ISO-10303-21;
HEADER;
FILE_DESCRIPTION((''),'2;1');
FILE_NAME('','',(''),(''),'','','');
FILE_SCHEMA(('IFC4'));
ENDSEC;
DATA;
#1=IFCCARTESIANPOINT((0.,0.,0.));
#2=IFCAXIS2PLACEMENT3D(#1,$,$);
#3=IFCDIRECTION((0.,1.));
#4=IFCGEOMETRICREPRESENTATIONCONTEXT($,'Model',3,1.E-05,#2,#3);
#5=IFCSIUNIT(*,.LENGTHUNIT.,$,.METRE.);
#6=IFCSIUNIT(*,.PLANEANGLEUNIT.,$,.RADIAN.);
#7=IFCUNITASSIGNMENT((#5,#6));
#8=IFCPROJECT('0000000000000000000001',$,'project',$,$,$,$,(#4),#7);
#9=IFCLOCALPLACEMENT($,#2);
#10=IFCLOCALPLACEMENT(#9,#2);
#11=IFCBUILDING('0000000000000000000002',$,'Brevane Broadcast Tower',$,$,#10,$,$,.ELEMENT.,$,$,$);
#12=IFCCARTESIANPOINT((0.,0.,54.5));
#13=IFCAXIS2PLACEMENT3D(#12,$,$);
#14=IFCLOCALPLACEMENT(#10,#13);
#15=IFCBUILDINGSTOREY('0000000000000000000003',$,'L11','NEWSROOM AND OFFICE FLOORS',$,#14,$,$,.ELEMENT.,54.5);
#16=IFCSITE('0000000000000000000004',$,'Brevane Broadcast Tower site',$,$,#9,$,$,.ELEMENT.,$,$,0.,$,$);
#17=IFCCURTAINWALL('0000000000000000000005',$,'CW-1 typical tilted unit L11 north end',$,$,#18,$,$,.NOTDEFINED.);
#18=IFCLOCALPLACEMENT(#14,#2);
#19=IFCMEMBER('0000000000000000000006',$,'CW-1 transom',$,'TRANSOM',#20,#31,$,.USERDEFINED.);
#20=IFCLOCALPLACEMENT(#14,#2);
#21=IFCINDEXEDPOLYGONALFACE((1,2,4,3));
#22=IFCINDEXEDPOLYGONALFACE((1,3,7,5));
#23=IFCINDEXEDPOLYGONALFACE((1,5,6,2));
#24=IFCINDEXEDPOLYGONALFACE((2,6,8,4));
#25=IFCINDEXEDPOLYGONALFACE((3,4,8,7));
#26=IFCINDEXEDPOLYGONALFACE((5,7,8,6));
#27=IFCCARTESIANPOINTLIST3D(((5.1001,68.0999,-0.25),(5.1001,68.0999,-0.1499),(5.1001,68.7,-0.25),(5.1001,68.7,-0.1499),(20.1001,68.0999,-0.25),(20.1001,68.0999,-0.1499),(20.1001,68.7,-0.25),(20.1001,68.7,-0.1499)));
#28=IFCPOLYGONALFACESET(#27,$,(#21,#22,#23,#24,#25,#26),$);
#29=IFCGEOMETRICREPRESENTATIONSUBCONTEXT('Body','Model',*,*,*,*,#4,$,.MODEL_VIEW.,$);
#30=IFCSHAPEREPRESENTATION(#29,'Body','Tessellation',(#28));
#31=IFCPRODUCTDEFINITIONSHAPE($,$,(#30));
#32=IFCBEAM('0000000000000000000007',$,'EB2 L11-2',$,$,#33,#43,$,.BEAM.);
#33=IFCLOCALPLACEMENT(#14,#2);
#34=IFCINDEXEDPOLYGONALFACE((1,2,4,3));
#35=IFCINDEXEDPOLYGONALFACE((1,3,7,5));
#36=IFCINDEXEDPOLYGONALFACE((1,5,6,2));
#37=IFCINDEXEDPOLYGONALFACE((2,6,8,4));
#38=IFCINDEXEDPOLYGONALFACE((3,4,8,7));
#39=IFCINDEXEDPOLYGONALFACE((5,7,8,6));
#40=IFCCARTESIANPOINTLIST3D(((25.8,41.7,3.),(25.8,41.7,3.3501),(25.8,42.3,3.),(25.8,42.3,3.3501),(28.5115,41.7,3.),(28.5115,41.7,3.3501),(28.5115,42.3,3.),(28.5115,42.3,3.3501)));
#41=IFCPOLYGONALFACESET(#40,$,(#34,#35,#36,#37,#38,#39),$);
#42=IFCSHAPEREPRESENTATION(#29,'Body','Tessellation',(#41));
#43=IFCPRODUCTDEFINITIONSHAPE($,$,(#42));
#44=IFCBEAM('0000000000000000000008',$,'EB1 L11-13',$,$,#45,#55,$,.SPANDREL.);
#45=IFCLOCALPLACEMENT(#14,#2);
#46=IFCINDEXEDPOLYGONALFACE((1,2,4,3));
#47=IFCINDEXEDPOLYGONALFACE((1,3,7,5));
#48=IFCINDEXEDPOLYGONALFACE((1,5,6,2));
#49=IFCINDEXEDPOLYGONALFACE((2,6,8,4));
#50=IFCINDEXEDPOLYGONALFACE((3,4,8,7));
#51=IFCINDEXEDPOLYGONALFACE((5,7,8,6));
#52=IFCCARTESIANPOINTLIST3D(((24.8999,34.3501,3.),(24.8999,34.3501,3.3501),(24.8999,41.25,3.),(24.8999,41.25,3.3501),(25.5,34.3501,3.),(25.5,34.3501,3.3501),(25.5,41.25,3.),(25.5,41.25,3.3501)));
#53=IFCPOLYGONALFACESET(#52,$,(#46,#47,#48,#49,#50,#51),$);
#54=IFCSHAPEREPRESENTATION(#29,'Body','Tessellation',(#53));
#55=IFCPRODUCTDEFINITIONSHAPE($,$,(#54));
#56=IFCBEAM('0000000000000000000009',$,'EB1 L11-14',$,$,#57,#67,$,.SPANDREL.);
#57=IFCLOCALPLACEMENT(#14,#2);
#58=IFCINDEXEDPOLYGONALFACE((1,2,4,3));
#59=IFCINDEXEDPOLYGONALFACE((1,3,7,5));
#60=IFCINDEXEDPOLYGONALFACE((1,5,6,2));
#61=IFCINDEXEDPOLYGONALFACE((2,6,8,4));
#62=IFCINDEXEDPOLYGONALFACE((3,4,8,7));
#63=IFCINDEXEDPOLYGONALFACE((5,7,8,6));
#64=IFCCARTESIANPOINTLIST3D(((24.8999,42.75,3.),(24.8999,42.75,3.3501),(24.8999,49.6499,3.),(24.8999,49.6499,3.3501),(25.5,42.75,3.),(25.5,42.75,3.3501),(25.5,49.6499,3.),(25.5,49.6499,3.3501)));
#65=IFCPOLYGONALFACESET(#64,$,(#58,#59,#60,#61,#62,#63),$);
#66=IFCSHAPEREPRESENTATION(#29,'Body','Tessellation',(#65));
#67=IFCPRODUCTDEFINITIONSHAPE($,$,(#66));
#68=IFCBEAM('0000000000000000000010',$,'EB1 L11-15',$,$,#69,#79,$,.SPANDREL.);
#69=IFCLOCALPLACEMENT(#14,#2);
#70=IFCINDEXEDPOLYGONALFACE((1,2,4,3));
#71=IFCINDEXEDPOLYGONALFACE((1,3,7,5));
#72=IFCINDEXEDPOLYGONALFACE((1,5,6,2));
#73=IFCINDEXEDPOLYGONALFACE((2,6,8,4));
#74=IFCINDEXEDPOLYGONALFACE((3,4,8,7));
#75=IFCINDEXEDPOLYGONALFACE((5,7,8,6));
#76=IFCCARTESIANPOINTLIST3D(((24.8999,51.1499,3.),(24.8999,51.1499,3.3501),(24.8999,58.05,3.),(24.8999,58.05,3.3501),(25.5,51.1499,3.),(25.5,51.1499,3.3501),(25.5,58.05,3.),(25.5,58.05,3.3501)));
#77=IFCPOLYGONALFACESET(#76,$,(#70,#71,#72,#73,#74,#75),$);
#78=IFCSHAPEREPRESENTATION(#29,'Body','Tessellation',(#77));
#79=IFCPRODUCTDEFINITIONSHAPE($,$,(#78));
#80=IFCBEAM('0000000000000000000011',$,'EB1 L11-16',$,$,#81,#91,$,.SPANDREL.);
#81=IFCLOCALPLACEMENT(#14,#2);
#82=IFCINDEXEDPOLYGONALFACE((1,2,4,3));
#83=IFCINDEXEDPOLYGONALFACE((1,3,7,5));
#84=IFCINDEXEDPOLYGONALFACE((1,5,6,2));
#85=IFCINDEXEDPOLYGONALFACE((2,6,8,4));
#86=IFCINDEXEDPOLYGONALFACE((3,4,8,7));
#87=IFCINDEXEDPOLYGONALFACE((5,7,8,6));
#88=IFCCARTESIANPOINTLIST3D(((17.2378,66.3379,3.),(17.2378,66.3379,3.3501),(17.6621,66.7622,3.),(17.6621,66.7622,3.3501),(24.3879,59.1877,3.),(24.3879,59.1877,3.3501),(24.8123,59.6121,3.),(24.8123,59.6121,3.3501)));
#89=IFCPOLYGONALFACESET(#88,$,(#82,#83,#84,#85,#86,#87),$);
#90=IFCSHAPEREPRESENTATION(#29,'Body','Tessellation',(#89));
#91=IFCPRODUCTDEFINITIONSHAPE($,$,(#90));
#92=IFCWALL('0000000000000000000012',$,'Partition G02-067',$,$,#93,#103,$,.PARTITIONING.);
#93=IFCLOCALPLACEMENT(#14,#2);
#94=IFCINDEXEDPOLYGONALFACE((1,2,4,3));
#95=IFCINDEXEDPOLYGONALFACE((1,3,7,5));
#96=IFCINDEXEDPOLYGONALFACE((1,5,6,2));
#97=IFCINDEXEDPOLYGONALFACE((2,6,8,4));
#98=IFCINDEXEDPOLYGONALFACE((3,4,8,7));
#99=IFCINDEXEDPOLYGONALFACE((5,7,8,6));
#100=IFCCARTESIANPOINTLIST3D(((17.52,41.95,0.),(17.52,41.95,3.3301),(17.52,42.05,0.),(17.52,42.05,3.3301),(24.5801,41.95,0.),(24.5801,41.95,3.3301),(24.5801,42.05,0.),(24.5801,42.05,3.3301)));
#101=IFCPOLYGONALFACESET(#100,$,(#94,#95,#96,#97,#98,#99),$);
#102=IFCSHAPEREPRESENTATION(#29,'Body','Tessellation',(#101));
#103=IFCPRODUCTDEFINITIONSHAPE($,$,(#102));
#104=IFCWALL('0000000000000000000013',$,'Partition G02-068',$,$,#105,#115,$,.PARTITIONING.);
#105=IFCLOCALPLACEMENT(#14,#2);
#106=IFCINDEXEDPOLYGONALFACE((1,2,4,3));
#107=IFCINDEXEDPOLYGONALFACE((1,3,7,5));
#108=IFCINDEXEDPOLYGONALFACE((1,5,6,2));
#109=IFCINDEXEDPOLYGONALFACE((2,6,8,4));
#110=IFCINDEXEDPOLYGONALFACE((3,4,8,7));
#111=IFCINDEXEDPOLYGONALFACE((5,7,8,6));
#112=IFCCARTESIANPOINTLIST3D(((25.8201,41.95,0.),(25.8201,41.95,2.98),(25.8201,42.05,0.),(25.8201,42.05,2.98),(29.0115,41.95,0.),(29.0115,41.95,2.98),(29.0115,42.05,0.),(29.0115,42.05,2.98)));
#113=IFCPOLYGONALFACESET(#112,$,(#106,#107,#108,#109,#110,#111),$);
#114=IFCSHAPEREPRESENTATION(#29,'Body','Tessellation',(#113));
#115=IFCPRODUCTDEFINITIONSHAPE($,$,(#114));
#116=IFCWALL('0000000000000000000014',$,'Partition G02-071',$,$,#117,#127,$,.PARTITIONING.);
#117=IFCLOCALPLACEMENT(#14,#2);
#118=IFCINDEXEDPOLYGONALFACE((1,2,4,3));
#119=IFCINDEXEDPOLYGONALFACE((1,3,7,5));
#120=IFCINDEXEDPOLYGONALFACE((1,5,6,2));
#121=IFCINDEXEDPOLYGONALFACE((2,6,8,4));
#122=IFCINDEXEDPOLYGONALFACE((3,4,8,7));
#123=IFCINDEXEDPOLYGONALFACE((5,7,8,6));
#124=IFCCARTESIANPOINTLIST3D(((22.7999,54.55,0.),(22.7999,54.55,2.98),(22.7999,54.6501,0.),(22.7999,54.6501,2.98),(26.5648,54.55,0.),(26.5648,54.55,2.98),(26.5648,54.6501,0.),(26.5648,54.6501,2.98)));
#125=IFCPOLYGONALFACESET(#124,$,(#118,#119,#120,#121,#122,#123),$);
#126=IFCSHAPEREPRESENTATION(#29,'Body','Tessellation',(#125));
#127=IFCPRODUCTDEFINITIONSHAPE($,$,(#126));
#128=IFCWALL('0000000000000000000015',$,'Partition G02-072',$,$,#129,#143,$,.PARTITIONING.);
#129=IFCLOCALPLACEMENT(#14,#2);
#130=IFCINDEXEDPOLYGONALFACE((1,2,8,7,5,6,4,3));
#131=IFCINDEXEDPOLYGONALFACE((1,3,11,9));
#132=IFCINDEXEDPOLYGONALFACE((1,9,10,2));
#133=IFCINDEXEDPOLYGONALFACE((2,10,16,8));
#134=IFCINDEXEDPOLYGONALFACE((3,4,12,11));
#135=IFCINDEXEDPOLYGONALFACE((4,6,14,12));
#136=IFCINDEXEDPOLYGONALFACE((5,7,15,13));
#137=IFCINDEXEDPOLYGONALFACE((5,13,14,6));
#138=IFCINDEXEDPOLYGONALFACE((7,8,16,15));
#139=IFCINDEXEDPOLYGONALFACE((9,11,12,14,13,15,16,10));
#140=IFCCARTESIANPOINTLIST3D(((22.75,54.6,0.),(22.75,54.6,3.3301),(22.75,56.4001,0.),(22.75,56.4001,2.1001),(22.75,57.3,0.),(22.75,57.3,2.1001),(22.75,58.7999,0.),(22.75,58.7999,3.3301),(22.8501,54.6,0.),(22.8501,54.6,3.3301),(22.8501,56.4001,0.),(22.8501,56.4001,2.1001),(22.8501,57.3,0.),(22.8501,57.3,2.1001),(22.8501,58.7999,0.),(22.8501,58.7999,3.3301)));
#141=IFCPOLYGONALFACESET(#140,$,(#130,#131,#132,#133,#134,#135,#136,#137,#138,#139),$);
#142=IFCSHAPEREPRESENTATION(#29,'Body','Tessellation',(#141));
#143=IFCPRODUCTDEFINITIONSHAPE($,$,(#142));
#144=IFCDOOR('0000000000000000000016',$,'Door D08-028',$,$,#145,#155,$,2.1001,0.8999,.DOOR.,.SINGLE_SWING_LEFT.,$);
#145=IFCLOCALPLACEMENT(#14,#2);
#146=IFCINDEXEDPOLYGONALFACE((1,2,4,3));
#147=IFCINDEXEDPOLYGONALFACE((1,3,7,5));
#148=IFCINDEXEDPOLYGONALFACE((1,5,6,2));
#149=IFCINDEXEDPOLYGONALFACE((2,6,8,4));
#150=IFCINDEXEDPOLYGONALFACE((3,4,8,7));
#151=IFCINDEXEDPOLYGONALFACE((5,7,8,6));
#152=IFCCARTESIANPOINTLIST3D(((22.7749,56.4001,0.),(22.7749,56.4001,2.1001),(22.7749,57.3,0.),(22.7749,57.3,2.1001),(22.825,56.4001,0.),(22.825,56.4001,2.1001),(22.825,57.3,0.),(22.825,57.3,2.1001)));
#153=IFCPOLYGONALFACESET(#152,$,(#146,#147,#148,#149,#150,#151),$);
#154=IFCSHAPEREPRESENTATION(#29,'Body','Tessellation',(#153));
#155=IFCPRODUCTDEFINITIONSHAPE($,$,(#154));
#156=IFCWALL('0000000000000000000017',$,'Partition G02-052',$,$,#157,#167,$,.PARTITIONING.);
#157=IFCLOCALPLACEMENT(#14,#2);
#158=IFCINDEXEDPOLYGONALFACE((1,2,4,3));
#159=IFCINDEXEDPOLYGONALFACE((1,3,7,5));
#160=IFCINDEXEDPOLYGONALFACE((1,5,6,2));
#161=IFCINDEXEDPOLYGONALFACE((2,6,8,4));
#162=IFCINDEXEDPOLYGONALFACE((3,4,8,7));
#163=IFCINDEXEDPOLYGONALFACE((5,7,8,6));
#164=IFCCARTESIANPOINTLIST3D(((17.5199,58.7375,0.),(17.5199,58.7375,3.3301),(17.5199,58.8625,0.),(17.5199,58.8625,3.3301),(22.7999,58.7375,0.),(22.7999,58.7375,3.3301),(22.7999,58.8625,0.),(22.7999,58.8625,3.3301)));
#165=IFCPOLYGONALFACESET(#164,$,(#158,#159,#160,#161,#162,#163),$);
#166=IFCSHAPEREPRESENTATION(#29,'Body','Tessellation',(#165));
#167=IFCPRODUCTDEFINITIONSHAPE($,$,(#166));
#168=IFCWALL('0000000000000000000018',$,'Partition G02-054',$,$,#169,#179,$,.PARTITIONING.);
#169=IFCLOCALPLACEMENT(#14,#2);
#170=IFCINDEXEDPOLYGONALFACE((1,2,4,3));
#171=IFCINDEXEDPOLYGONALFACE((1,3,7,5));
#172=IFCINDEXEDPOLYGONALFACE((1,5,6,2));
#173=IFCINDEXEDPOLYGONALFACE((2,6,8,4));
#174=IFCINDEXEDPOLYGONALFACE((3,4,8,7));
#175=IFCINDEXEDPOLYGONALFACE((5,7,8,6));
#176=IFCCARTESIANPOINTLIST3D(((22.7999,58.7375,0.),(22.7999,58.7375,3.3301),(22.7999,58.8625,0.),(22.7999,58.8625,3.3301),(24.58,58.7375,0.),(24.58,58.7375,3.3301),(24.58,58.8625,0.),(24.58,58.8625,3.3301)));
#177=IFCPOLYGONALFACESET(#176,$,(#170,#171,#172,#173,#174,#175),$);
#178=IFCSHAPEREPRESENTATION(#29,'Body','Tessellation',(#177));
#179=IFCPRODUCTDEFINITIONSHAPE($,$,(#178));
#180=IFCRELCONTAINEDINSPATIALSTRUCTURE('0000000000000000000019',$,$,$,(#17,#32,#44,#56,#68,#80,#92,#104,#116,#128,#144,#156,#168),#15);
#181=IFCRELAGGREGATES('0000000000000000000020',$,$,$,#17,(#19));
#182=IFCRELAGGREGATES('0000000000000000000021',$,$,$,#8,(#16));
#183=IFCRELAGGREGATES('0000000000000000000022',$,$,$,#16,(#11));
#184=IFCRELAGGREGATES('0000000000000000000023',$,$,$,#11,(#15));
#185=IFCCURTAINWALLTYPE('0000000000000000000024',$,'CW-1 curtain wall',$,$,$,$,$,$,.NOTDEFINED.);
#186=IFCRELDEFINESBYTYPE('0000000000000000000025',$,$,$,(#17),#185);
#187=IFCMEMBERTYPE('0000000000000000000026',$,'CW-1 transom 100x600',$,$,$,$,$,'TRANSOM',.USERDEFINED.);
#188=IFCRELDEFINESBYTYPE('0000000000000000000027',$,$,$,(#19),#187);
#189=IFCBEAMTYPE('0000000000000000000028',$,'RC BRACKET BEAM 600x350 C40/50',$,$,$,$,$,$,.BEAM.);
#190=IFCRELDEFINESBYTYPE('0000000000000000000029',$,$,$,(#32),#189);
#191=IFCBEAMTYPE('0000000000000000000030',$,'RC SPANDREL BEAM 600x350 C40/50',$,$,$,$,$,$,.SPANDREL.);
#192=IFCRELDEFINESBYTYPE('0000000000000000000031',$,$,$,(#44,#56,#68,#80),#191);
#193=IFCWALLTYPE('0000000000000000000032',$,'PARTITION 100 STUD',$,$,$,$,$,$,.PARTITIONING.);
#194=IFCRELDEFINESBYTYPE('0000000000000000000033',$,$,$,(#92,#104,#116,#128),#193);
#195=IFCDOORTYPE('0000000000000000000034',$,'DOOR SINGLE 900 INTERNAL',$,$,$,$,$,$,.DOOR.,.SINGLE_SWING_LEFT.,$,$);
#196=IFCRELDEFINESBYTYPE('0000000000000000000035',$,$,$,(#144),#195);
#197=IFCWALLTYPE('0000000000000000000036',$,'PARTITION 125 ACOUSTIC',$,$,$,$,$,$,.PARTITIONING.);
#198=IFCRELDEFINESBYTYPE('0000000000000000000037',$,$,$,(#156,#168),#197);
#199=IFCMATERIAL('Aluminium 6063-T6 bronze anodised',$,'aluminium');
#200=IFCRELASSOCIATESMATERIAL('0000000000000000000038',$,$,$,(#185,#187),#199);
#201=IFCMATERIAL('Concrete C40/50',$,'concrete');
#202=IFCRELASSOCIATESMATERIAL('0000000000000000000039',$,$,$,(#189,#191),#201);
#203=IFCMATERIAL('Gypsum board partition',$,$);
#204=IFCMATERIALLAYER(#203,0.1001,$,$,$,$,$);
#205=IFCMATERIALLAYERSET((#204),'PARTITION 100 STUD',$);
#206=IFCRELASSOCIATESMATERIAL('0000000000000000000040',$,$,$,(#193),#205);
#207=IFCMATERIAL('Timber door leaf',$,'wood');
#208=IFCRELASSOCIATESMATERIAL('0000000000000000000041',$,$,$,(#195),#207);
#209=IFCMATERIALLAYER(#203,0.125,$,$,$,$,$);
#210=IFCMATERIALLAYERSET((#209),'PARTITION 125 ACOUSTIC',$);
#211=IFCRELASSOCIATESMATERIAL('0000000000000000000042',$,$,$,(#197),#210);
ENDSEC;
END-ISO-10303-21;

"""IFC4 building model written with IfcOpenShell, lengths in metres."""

from ifc_helpers import new_model, si_unit, direction, frame, frame_2d, origin, origin_2d, place, context, subcontext, project, spatial, rectangle, extrude, material, layer, layer_set, material_profile, profile_set, type_object, element, fill, aggregate, save


model = new_model("IFC4")

# Units and contexts
model_context = context("Model", 3, precision=1e-05, world=origin(), true_north=direction((0.0, 1.0)))
body_context = subcontext(model_context, "Body", "Model", "MODEL_VIEW")
ifc_project = project(units=[si_unit("LENGTHUNIT", "METRE"), si_unit("PLANEANGLEUNIT", "RADIAN")], contexts=[model_context])

# Site, building, storey
site_placement = place(None, origin())
site = spatial("IfcSite", under=ifc_project, at=site_placement, Name="Brevane Broadcast Tower site", CompositionType="ELEMENT", RefElevation=0.0)
building_placement = place(site_placement, origin())
building = spatial("IfcBuilding", under=site, at=building_placement, Name="Brevane Broadcast Tower", CompositionType="ELEMENT")
storey_placement = place(building_placement, frame((0.0, 0.0, 54.5)))
storey = spatial("IfcBuildingStorey", under=building, at=storey_placement, Name="L11", Description="NEWSROOM AND OFFICE FLOORS", CompositionType="ELEMENT", Elevation=54.5)

# Shared definitions
ifc_material_1 = material(Name="Aluminium 6063-T6 bronze anodised", Category="aluminium")
curtain_wall_type = type_object("IfcCurtainWallType", Name="CW-1 curtain wall", PredefinedType="NOTDEFINED", material=ifc_material_1)

# Curtain wall
curtain_wall_1_placement = place(storey_placement, origin())
curtain_wall_1 = element("IfcCurtainWall", 1, at=curtain_wall_1_placement, inside=storey, type_object=curtain_wall_type, Name="CW-1 typical tilted unit L11 north end", PredefinedType="NOTDEFINED")

# Member
ifc_material_profile_1 = material_profile(ifc_material_1, rectangle(XDim=0.6001, YDim=0.1001, at=origin_2d()), Name="RECT 100x600")
ifc_profile_set_1 = profile_set([ifc_material_profile_1], Name="Aluminium 6063-T6 bronze anodised")
member_type_1 = type_object("IfcMemberType", Name="CW-1 transom 100x600", ElementType="TRANSOM", PredefinedType="USERDEFINED", material=ifc_profile_set_1)
member_1_placement = place(storey_placement, frame((20.1001, 68.3999, -0.2), z_axis=(-1.0, 0.0, 0.0), x_axis=(0.0, -1.0, 0.0)))
member_1 = element("IfcMember", 2, at=member_1_placement, type_object=member_type_1, Name="CW-1 transom", ObjectType="TRANSOM", PredefinedType="USERDEFINED", context=body_context, shape_type="SweptSolid", body=[
    extrude(rectangle(XDim=0.6001, YDim=0.1001, at=origin_2d()), origin(), (0.0, 0.0, 1.0), 15.0),
])
aggregate(curtain_wall_1, [member_1])

# Beams
ifc_material_2 = material(Name="Concrete C40/50", Category="concrete")
ifc_material_profile_2 = material_profile(ifc_material_2, rectangle(XDim=0.6001, YDim=0.3501, at=origin_2d()), Name="RC 600x350")
ifc_profile_set_2 = profile_set([ifc_material_profile_2], Name="Concrete C40/50")
beam_type_1 = type_object("IfcBeamType", Name="RC BRACKET BEAM 600x350 C40/50", PredefinedType="BEAM", material=ifc_profile_set_2)
beam_1_placement = place(storey_placement, frame((25.8, 42.0, 3.175), z_axis=(1.0, 0.0, 0.0), x_axis=(0.0, 1.0, 0.0)))
element("IfcBeam", 3, at=beam_1_placement, inside=storey, type_object=beam_type_1, Name="EB2 L11-2", PredefinedType="BEAM", context=body_context, shape_type="SweptSolid", body=[
    extrude(rectangle(XDim=0.6001, YDim=0.3501, at=origin_2d()), origin(), (0.0, 0.0, 1.0), 2.7114),
])
ifc_material_profile_3 = material_profile(ifc_material_2, rectangle(XDim=0.6001, YDim=0.3501, at=origin_2d()), Name="RC 600x350")
ifc_profile_set_3 = profile_set([ifc_material_profile_3], Name="Concrete C40/50")
beam_type_2 = type_object("IfcBeamType", Name="RC SPANDREL BEAM 600x350 C40/50", PredefinedType="SPANDREL", material=ifc_profile_set_3)
for number, where, z_axis, x_axis, name in (
    (4, (25.2, 34.3501, 3.175), (0.0, 1.0, 0.0), (-1.0, 0.0, 0.0), "EB1 L11-13"),
    (5, (25.2, 42.75, 3.175), (0.0, 1.0, 0.0), (-1.0, 0.0, 0.0), "EB1 L11-14"),
):
    element("IfcBeam", number, at=place(storey_placement, frame(where, z_axis=z_axis, x_axis=x_axis)), inside=storey, type_object=beam_type_2, Name=name, PredefinedType="SPANDREL", context=body_context, shape_type="SweptSolid", body=[
        extrude(rectangle(XDim=0.6001, YDim=0.3501, at=origin_2d()), origin(), (0.0, 0.0, 1.0), 6.8999),
    ])
beam_2_placement = place(storey_placement, frame((25.2, 51.1499, 3.175), z_axis=(0.0, 1.0, 0.0), x_axis=(-1.0, 0.0, 0.0)))
element("IfcBeam", 6, at=beam_2_placement, inside=storey, type_object=beam_type_2, Name="EB1 L11-15", PredefinedType="SPANDREL", context=body_context, shape_type="SweptSolid", body=[
    extrude(rectangle(XDim=0.6001, YDim=0.3501, at=origin_2d()), origin(), (0.0, 0.0, 1.0), 6.9001),
])
beam_3_placement = place(storey_placement, frame((24.6001, 59.3999, 3.175), z_axis=(-0.707107, 0.707107, 0.0), x_axis=(-0.707107, -0.707107, 0.0)))
element("IfcBeam", 7, at=beam_3_placement, inside=storey, type_object=beam_type_2, Name="EB1 L11-16", PredefinedType="SPANDREL", context=body_context, shape_type="SweptSolid", body=[
    extrude(rectangle(XDim=0.6001, YDim=0.3501, at=origin_2d()), origin(), (0.0, 0.0, 1.0), 10.1118),
])

# Walls
ifc_material_3 = material(Name="Gypsum board partition")
ifc_layer_1 = layer(ifc_material_3, 0.1001)
ifc_layer_set_1 = layer_set([ifc_layer_1], Name="PARTITION 100 STUD")
wall_type_1 = type_object("IfcWallType", Name="PARTITION 100 STUD", PredefinedType="PARTITIONING", material=ifc_layer_set_1)
wall_1_placement = place(storey_placement, frame((17.52, 42.0, 0.0), z_axis=(0.0, 0.0, 1.0), x_axis=(1.0, 0.0, 0.0)))
element("IfcWall", 8, at=wall_1_placement, inside=storey, type_object=wall_type_1, Name="Partition G02-067", PredefinedType="PARTITIONING", context=body_context, shape_type="SweptSolid", body=[
    extrude(rectangle(XDim=7.0601, YDim=0.1001, at=frame_2d((3.53, 0.0))), origin(), (0.0, 0.0, 1.0), 3.3301),
])
wall_2_placement = place(storey_placement, frame((25.8201, 42.0, 0.0), z_axis=(0.0, 0.0, 1.0), x_axis=(1.0, 0.0, 0.0)))
element("IfcWall", 9, at=wall_2_placement, inside=storey, type_object=wall_type_1, Name="Partition G02-068", PredefinedType="PARTITIONING", context=body_context, shape_type="SweptSolid", body=[
    extrude(rectangle(XDim=3.1914, YDim=0.1001, at=frame_2d((1.5957, 0.0))), origin(), (0.0, 0.0, 1.0), 2.98),
])
wall_3_placement = place(storey_placement, frame((22.8, 54.6001, 0.0), z_axis=(0.0, 0.0, 1.0), x_axis=(1.0, 0.0, 0.0)))
element("IfcWall", 10, at=wall_3_placement, inside=storey, type_object=wall_type_1, Name="Partition G02-071", PredefinedType="PARTITIONING", context=body_context, shape_type="SweptSolid", body=[
    extrude(rectangle(XDim=3.7649, YDim=0.1001, at=frame_2d((1.8823, 0.0))), origin(), (0.0, 0.0, 1.0), 2.98),
])

# Wall, opening, door
wall_4_placement = place(storey_placement, frame((22.8, 58.8, 0.0), z_axis=(0.0, 0.0, 1.0), x_axis=(0.0, -1.0, 0.0)))
wall_4 = element("IfcWall", 11, at=wall_4_placement, inside=storey, type_object=wall_type_1, Name="Partition G02-072", PredefinedType="PARTITIONING", context=body_context, shape_type="SweptSolid", body=[
    extrude(rectangle(XDim=4.2, YDim=0.1001, at=frame_2d((2.1001, 0.0))), origin(), (0.0, 0.0, 1.0), 3.3301),
])
opening_placement = place(wall_4_placement, frame((1.5, 0.0, 0.0)))
opening = element("IfcOpeningElement", 12, at=opening_placement, cuts=wall_4, PredefinedType="OPENING", context=body_context, shape_type="SweptSolid", body=[
    extrude(rectangle(XDim=0.8999, YDim=2.1001, at=frame_2d((0.45, 1.05))), frame((0.0, 0.0601, 0.0), z_axis=(0.0, -1.0, 0.0), x_axis=(1.0, 0.0, 0.0)), (0.0, 0.0, 1.0), 0.1201),
])
ifc_material_4 = material(Name="Timber door leaf", Category="wood")
door_type = type_object("IfcDoorType", Name="DOOR SINGLE 900 INTERNAL", OperationType="SINGLE_SWING_LEFT", PredefinedType="DOOR", material=ifc_material_4)
door_placement = place(opening_placement, origin())
door = element("IfcDoor", 13, at=door_placement, inside=storey, type_object=door_type, Name="Door D08-028", OperationType="SINGLE_SWING_LEFT", OverallHeight=2.1001, OverallWidth=0.8999, PredefinedType="DOOR", context=body_context, shape_type="SweptSolid", body=[
    extrude(rectangle(XDim=0.8999, YDim=2.1001, at=frame_2d((0.45, 1.05))), frame((0.0, 0.0249, 0.0), z_axis=(0.0, -1.0, 0.0), x_axis=(1.0, 0.0, 0.0)), (0.0, 0.0, 1.0), 0.05),
])
fill(opening, door)

# Walls
ifc_layer_2 = layer(ifc_material_3, 0.125)
ifc_layer_set_2 = layer_set([ifc_layer_2], Name="PARTITION 125 ACOUSTIC")
wall_type_2 = type_object("IfcWallType", Name="PARTITION 125 ACOUSTIC", PredefinedType="PARTITIONING", material=ifc_layer_set_2)
wall_5_placement = place(storey_placement, frame((22.8, 58.8, 0.0), z_axis=(0.0, 0.0, 1.0), x_axis=(-1.0, 0.0, 0.0)))
element("IfcWall", 14, at=wall_5_placement, inside=storey, type_object=wall_type_2, Name="Partition G02-052", PredefinedType="PARTITIONING", context=body_context, shape_type="SweptSolid", body=[
    extrude(rectangle(XDim=5.28, YDim=0.125, at=frame_2d((2.6401, 0.0))), origin(), (0.0, 0.0, 1.0), 3.3301),
])
wall_6_placement = place(storey_placement, frame((24.5801, 58.8, 0.0), z_axis=(0.0, 0.0, 1.0), x_axis=(-1.0, 0.0, 0.0)))
element("IfcWall", 15, at=wall_6_placement, inside=storey, type_object=wall_type_2, Name="Partition G02-054", PredefinedType="PARTITIONING", context=body_context, shape_type="SweptSolid", body=[
    extrude(rectangle(XDim=1.78, YDim=0.125, at=frame_2d((0.8901, 0.0))), origin(), (0.0, 0.0, 1.0), 3.3301),
])

save(model, "model.ifc")
